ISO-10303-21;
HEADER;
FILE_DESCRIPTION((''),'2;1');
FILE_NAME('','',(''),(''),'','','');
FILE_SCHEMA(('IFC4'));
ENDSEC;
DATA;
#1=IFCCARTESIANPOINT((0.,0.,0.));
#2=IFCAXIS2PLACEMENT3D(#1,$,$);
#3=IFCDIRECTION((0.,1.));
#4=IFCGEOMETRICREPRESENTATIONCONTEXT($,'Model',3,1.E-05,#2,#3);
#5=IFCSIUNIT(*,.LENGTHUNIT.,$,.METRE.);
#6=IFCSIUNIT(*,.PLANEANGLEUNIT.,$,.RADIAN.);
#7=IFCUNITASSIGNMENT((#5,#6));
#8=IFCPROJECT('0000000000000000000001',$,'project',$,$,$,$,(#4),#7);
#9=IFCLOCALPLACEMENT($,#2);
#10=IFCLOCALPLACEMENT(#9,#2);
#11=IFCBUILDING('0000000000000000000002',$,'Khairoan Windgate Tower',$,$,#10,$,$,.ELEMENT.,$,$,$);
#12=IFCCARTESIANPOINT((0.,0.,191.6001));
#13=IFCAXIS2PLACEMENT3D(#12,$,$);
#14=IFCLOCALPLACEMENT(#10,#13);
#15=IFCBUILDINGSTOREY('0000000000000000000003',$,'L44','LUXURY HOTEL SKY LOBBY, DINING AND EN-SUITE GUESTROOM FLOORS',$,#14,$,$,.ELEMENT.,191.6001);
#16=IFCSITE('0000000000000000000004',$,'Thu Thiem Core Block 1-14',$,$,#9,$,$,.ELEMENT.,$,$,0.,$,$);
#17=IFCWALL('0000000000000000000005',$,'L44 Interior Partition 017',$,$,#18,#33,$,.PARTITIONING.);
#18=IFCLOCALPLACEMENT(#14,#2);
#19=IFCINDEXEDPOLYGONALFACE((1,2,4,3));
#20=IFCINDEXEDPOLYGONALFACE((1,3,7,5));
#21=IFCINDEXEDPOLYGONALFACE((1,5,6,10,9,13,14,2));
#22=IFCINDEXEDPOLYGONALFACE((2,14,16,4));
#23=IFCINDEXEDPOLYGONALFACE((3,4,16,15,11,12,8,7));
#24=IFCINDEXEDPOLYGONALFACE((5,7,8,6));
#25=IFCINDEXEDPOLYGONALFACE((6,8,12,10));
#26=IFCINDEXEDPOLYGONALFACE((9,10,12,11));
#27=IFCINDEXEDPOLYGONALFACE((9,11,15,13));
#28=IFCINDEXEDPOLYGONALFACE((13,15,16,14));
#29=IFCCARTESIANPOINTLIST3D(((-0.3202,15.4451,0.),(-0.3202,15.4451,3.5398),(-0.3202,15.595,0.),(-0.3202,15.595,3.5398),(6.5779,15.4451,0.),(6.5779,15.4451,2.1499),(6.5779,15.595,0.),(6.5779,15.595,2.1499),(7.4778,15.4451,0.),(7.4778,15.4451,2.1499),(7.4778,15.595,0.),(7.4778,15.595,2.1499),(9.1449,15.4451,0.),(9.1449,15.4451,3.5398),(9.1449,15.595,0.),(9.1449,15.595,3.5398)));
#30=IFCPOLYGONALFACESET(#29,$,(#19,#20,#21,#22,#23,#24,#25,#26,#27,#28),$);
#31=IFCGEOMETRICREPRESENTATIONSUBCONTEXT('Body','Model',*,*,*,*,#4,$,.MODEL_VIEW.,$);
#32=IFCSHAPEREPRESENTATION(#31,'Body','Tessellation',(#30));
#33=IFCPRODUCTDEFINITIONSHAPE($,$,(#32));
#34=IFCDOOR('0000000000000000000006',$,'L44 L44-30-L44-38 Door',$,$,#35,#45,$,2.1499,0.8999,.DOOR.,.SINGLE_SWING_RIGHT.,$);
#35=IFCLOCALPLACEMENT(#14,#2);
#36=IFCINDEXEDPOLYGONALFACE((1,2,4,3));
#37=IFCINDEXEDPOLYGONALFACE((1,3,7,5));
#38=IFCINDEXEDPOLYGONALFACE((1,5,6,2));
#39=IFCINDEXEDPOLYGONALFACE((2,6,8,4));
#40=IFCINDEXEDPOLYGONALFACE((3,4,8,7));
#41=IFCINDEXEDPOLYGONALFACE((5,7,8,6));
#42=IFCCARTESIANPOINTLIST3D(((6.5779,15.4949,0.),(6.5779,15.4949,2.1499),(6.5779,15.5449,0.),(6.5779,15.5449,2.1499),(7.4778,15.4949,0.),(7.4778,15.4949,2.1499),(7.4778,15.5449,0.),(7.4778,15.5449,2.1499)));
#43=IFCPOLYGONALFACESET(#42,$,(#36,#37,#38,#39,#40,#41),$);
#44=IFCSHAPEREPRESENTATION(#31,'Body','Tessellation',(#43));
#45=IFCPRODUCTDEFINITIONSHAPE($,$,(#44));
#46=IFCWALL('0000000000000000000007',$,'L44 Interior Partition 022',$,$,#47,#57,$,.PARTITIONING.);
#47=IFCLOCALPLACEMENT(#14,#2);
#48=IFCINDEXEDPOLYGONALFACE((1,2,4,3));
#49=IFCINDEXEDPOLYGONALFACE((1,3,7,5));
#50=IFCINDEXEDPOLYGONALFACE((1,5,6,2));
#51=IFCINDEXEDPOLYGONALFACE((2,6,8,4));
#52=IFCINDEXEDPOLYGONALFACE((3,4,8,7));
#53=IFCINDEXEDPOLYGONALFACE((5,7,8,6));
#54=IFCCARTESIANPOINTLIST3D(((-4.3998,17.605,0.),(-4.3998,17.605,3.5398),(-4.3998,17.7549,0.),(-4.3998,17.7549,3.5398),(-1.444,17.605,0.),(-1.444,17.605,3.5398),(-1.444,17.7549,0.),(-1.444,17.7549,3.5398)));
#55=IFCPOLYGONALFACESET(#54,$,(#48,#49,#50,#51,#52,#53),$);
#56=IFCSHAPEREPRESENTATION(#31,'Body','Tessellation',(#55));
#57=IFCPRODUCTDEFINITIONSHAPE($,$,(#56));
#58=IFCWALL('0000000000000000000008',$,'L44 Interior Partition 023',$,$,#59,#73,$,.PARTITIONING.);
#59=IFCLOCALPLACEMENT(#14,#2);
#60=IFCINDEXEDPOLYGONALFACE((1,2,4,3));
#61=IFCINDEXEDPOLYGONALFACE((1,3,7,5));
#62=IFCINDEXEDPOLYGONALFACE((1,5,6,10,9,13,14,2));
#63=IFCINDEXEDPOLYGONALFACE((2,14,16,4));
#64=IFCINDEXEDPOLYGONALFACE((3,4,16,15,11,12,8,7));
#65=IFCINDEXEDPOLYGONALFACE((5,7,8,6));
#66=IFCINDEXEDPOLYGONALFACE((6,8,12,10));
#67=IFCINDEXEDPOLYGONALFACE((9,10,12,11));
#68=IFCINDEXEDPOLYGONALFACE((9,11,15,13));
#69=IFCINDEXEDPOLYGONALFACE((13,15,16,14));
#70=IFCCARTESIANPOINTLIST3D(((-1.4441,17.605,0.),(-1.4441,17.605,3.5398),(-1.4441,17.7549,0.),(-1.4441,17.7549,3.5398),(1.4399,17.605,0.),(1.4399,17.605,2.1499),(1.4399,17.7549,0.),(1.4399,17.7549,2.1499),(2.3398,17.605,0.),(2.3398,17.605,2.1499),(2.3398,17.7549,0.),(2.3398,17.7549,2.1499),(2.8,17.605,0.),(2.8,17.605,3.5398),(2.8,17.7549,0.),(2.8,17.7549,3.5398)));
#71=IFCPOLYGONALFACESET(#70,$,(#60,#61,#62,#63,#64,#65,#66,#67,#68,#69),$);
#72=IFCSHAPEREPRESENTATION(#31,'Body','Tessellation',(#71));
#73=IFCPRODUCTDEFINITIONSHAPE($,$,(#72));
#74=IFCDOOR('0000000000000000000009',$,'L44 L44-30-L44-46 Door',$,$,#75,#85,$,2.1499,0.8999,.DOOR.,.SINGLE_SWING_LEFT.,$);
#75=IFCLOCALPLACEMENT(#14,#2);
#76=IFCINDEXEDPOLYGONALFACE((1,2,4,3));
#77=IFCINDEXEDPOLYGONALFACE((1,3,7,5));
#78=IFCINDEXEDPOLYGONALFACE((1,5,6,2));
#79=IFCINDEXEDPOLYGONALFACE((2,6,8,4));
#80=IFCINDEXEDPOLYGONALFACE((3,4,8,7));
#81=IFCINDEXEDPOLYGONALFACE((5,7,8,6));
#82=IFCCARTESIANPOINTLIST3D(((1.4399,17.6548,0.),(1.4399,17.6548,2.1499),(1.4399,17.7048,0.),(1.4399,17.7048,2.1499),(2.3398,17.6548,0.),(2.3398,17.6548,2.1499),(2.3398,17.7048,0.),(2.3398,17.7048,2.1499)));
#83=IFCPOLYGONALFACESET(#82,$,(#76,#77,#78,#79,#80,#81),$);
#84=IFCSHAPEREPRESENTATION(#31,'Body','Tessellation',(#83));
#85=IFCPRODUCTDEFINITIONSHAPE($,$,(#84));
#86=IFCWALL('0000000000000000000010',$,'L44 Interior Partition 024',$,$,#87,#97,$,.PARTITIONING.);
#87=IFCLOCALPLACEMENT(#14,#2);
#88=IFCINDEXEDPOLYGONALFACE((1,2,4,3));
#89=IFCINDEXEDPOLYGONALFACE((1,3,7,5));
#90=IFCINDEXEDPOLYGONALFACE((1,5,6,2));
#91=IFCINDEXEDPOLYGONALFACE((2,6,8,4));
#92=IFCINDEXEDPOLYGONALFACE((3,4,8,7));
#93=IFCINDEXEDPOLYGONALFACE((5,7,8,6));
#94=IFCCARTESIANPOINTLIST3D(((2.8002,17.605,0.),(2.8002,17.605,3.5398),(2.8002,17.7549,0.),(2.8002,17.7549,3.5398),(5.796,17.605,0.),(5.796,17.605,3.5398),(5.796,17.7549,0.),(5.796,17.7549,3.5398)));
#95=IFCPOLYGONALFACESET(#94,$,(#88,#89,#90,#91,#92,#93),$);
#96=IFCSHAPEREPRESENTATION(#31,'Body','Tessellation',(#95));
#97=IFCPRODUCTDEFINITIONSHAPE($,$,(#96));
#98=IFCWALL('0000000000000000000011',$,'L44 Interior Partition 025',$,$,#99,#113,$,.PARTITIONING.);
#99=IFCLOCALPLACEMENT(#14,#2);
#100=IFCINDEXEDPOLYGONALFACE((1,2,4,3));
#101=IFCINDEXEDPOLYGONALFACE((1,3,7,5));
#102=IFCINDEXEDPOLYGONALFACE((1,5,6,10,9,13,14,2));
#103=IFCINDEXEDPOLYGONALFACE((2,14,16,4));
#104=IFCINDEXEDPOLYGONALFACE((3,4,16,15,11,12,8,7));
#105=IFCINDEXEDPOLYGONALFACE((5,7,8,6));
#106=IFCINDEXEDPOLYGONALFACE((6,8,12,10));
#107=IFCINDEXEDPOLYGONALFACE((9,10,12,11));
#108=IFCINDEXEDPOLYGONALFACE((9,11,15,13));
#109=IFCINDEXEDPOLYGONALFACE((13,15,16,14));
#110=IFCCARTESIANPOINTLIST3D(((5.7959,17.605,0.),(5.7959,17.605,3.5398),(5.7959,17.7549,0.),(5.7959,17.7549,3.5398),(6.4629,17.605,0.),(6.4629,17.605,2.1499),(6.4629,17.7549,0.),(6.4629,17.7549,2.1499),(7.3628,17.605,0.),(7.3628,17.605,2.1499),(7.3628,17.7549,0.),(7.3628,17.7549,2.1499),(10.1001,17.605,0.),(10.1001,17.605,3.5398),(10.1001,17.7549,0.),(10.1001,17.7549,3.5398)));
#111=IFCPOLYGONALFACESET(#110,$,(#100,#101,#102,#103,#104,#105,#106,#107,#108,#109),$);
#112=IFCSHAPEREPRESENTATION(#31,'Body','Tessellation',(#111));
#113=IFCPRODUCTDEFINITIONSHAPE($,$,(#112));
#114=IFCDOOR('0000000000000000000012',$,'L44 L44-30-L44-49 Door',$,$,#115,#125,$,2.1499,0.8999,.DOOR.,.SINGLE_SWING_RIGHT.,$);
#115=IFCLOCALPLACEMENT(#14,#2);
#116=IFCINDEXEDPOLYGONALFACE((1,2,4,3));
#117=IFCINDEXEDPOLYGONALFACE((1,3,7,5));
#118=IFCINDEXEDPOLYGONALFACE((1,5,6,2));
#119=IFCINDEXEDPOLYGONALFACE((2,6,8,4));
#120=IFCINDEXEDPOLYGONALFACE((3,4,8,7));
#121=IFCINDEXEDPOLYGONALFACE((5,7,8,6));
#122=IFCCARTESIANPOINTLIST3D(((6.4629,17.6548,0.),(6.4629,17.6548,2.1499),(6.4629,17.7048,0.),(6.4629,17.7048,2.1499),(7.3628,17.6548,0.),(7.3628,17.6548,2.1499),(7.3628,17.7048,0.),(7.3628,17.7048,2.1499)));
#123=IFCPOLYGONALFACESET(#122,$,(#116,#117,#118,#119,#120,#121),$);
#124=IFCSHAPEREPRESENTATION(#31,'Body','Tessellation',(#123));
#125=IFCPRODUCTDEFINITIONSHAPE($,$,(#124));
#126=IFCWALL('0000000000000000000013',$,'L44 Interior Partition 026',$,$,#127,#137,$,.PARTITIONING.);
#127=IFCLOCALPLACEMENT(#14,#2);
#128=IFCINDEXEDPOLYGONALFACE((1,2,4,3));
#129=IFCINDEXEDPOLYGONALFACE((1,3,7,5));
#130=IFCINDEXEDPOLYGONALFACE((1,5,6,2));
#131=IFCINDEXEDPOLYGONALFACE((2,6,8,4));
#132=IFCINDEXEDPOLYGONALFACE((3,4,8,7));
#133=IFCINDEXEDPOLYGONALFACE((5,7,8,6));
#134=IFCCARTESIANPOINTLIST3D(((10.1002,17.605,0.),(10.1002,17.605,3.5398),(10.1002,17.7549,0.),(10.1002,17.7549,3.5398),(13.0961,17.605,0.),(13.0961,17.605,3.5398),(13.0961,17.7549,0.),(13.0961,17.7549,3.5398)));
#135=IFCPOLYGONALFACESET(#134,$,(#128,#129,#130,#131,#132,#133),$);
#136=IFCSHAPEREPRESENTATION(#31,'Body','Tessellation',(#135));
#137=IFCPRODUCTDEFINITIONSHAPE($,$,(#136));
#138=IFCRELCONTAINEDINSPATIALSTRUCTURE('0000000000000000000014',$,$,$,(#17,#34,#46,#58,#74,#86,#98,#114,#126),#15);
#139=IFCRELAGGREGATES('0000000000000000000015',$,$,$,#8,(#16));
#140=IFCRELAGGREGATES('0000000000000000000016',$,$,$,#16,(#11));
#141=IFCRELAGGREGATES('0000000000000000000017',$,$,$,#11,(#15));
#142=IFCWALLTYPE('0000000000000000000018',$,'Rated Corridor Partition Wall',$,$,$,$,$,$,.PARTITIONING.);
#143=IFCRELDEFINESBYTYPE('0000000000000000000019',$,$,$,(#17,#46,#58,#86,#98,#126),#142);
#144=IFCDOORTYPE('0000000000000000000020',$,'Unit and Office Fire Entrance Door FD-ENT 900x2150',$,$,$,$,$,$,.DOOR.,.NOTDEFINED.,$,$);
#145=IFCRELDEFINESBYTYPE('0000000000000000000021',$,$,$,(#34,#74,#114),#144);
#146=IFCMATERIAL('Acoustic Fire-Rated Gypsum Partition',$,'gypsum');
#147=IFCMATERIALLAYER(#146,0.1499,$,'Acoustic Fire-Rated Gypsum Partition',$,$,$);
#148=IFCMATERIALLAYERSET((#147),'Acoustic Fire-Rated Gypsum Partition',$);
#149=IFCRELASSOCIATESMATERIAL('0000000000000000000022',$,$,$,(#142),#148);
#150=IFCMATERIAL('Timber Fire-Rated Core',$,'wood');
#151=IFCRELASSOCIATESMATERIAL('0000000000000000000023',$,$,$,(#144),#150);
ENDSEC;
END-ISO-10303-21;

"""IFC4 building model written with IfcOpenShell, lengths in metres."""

from ifc_helpers import new_model, si_unit, direction, frame, frame_2d, origin, place, context, subcontext, project, spatial, rectangle, extrude, material, layer, layer_set, type_object, element, fill, save


model = new_model("IFC4")

# Units and contexts
model_context = context("Model", 3, precision=1e-05, world=origin(), true_north=direction((0.0, 1.0)))
body_context = subcontext(model_context, "Body", "Model", "MODEL_VIEW")
ifc_project = project(units=[si_unit("LENGTHUNIT", "METRE"), si_unit("PLANEANGLEUNIT", "RADIAN")], contexts=[model_context])

# Site, building, storey
site_placement = place(None, origin())
site = spatial("IfcSite", under=ifc_project, at=site_placement, Name="Thu Thiem Core Block 1-14", CompositionType="ELEMENT", RefElevation=0.0)
building_placement = place(site_placement, origin())
building = spatial("IfcBuilding", under=site, at=building_placement, Name="Khairoan Windgate Tower", CompositionType="ELEMENT")
storey_placement = place(building_placement, frame((0.0, 0.0, 191.6001)))
storey = spatial("IfcBuildingStorey", under=building, at=storey_placement, Name="L44", Description="LUXURY HOTEL SKY LOBBY, DINING AND EN-SUITE GUESTROOM FLOORS", CompositionType="ELEMENT", Elevation=191.6001)

# Wall, opening, door
ifc_material_1 = material(Name="Acoustic Fire-Rated Gypsum Partition", Category="gypsum")
ifc_layer_1 = layer(ifc_material_1, 0.1499, Name="Acoustic Fire-Rated Gypsum Partition")
ifc_layer_set_1 = layer_set([ifc_layer_1], Name="Acoustic Fire-Rated Gypsum Partition")
wall_type_1 = type_object("IfcWallType", Name="Rated Corridor Partition Wall", PredefinedType="PARTITIONING", material=ifc_layer_set_1)
ifc_material_2 = material(Name="Timber Fire-Rated Core", Category="wood")
door_type = type_object("IfcDoorType", Name="Unit and Office Fire Entrance Door FD-ENT 900x2150", OperationType="NOTDEFINED", PredefinedType="DOOR", material=ifc_material_2)
wall_1_placement = place(storey_placement, frame((-0.3201, 15.52, 0.0), z_axis=(0.0, 0.0, 1.0), x_axis=(1.0, 0.0, 0.0)))
wall_1 = element("IfcWall", 1, at=wall_1_placement, inside=storey, type_object=wall_type_1, Name="L44 Interior Partition 017", PredefinedType="PARTITIONING", context=body_context, shape_type="SweptSolid", body=[
    extrude(rectangle(XDim=9.4651, YDim=0.1499, at=frame_2d((4.7324, 0.0))), origin(), (0.0, 0.0, 1.0), 3.5398),
])
opening_1_placement = place(wall_1_placement, frame((6.8979, 0.0, 0.0)))
opening_1 = element("IfcOpeningElement", 2, at=opening_1_placement, cuts=wall_1, PredefinedType="OPENING", context=body_context, shape_type="SweptSolid", body=[
    extrude(rectangle(XDim=0.8999, YDim=2.1499, at=frame_2d((0.45, 1.075))), frame((0.0, 0.085, 0.0), z_axis=(0.0, -1.0, 0.0), x_axis=(1.0, 0.0, 0.0)), (0.0, 0.0, 1.0), 0.1699),
])
door_1_placement = place(opening_1_placement, origin())
door_1 = element("IfcDoor", 3, at=door_1_placement, inside=storey, type_object=door_type, Name="L44 L44-30-L44-38 Door", OperationType="SINGLE_SWING_RIGHT", OverallHeight=2.1499, OverallWidth=0.8999, PredefinedType="DOOR", context=body_context, shape_type="SweptSolid", body=[
    extrude(rectangle(XDim=0.8999, YDim=2.1499, at=frame_2d((0.45, 1.075))), frame((0.0, 0.0249, 0.0), z_axis=(0.0, -1.0, 0.0), x_axis=(1.0, 0.0, 0.0)), (0.0, 0.0, 1.0), 0.05),
])
fill(opening_1, door_1)

# Wall
wall_2_placement = place(storey_placement, frame((-4.3999, 17.6799, 0.0), z_axis=(0.0, 0.0, 1.0), x_axis=(1.0, 0.0, 0.0)))
element("IfcWall", 4, at=wall_2_placement, inside=storey, type_object=wall_type_1, Name="L44 Interior Partition 022", PredefinedType="PARTITIONING", context=body_context, shape_type="SweptSolid", body=[
    extrude(rectangle(XDim=2.9558, YDim=0.1499, at=frame_2d((1.478, 0.0))), origin(), (0.0, 0.0, 1.0), 3.5398),
])

# Wall, opening, door
wall_3_placement = place(storey_placement, frame((-1.4441, 17.6799, 0.0), z_axis=(0.0, 0.0, 1.0), x_axis=(1.0, 0.0, 0.0)))
wall_3 = element("IfcWall", 5, at=wall_3_placement, inside=storey, type_object=wall_type_1, Name="L44 Interior Partition 023", PredefinedType="PARTITIONING", context=body_context, shape_type="SweptSolid", body=[
    extrude(rectangle(XDim=4.2441, YDim=0.1499, at=frame_2d((2.1221, 0.0))), origin(), (0.0, 0.0, 1.0), 3.5398),
])
opening_2_placement = place(wall_3_placement, frame((2.884, 0.0, 0.0)))
opening_2 = element("IfcOpeningElement", 6, at=opening_2_placement, cuts=wall_3, PredefinedType="OPENING", context=body_context, shape_type="SweptSolid", body=[
    extrude(rectangle(XDim=0.8999, YDim=2.1499, at=frame_2d((0.45, 1.075))), frame((0.0, 0.085, 0.0), z_axis=(0.0, -1.0, 0.0), x_axis=(1.0, 0.0, 0.0)), (0.0, 0.0, 1.0), 0.1699),
])
door_2_placement = place(opening_2_placement, origin())
door_2 = element("IfcDoor", 7, at=door_2_placement, inside=storey, type_object=door_type, Name="L44 L44-30-L44-46 Door", OperationType="SINGLE_SWING_LEFT", OverallHeight=2.1499, OverallWidth=0.8999, PredefinedType="DOOR", context=body_context, shape_type="SweptSolid", body=[
    extrude(rectangle(XDim=0.8999, YDim=2.1499, at=frame_2d((0.45, 1.075))), frame((0.0, 0.0249, 0.0), z_axis=(0.0, -1.0, 0.0), x_axis=(1.0, 0.0, 0.0)), (0.0, 0.0, 1.0), 0.05),
])
fill(opening_2, door_2)

# Wall
wall_4_placement = place(storey_placement, frame((2.8, 17.6799, 0.0), z_axis=(0.0, 0.0, 1.0), x_axis=(1.0, 0.0, 0.0)))
element("IfcWall", 8, at=wall_4_placement, inside=storey, type_object=wall_type_1, Name="L44 Interior Partition 024", PredefinedType="PARTITIONING", context=body_context, shape_type="SweptSolid", body=[
    extrude(rectangle(XDim=2.9958, YDim=0.1499, at=frame_2d((1.498, 0.0))), origin(), (0.0, 0.0, 1.0), 3.5398),
])

# Wall, opening, door
wall_5_placement = place(storey_placement, frame((5.7959, 17.6799, 0.0), z_axis=(0.0, 0.0, 1.0), x_axis=(1.0, 0.0, 0.0)))
wall_5 = element("IfcWall", 9, at=wall_5_placement, inside=storey, type_object=wall_type_1, Name="L44 Interior Partition 025", PredefinedType="PARTITIONING", context=body_context, shape_type="SweptSolid", body=[
    extrude(rectangle(XDim=4.3042, YDim=0.1499, at=frame_2d((2.1521, 0.0))), origin(), (0.0, 0.0, 1.0), 3.5398),
])
opening_3_placement = place(wall_5_placement, frame((0.667, 0.0, 0.0)))
opening_3 = element("IfcOpeningElement", 10, at=opening_3_placement, cuts=wall_5, PredefinedType="OPENING", context=body_context, shape_type="SweptSolid", body=[
    extrude(rectangle(XDim=0.8999, YDim=2.1499, at=frame_2d((0.45, 1.075))), frame((0.0, 0.085, 0.0), z_axis=(0.0, -1.0, 0.0), x_axis=(1.0, 0.0, 0.0)), (0.0, 0.0, 1.0), 0.1699),
])
door_3_placement = place(opening_3_placement, origin())
door_3 = element("IfcDoor", 11, at=door_3_placement, inside=storey, type_object=door_type, Name="L44 L44-30-L44-49 Door", OperationType="SINGLE_SWING_RIGHT", OverallHeight=2.1499, OverallWidth=0.8999, PredefinedType="DOOR", context=body_context, shape_type="SweptSolid", body=[
    extrude(rectangle(XDim=0.8999, YDim=2.1499, at=frame_2d((0.45, 1.075))), frame((0.0, 0.0249, 0.0), z_axis=(0.0, -1.0, 0.0), x_axis=(1.0, 0.0, 0.0)), (0.0, 0.0, 1.0), 0.05),
])
fill(opening_3, door_3)

# Wall
wall_6_placement = place(storey_placement, frame((10.1001, 17.6799, 0.0), z_axis=(0.0, 0.0, 1.0), x_axis=(1.0, 0.0, 0.0)))
element("IfcWall", 12, at=wall_6_placement, inside=storey, type_object=wall_type_1, Name="L44 Interior Partition 026", PredefinedType="PARTITIONING", context=body_context, shape_type="SweptSolid", body=[
    extrude(rectangle(XDim=2.9958, YDim=0.1499, at=frame_2d((1.498, 0.0))), origin(), (0.0, 0.0, 1.0), 3.5398),
])

save(model, "model.ifc")
